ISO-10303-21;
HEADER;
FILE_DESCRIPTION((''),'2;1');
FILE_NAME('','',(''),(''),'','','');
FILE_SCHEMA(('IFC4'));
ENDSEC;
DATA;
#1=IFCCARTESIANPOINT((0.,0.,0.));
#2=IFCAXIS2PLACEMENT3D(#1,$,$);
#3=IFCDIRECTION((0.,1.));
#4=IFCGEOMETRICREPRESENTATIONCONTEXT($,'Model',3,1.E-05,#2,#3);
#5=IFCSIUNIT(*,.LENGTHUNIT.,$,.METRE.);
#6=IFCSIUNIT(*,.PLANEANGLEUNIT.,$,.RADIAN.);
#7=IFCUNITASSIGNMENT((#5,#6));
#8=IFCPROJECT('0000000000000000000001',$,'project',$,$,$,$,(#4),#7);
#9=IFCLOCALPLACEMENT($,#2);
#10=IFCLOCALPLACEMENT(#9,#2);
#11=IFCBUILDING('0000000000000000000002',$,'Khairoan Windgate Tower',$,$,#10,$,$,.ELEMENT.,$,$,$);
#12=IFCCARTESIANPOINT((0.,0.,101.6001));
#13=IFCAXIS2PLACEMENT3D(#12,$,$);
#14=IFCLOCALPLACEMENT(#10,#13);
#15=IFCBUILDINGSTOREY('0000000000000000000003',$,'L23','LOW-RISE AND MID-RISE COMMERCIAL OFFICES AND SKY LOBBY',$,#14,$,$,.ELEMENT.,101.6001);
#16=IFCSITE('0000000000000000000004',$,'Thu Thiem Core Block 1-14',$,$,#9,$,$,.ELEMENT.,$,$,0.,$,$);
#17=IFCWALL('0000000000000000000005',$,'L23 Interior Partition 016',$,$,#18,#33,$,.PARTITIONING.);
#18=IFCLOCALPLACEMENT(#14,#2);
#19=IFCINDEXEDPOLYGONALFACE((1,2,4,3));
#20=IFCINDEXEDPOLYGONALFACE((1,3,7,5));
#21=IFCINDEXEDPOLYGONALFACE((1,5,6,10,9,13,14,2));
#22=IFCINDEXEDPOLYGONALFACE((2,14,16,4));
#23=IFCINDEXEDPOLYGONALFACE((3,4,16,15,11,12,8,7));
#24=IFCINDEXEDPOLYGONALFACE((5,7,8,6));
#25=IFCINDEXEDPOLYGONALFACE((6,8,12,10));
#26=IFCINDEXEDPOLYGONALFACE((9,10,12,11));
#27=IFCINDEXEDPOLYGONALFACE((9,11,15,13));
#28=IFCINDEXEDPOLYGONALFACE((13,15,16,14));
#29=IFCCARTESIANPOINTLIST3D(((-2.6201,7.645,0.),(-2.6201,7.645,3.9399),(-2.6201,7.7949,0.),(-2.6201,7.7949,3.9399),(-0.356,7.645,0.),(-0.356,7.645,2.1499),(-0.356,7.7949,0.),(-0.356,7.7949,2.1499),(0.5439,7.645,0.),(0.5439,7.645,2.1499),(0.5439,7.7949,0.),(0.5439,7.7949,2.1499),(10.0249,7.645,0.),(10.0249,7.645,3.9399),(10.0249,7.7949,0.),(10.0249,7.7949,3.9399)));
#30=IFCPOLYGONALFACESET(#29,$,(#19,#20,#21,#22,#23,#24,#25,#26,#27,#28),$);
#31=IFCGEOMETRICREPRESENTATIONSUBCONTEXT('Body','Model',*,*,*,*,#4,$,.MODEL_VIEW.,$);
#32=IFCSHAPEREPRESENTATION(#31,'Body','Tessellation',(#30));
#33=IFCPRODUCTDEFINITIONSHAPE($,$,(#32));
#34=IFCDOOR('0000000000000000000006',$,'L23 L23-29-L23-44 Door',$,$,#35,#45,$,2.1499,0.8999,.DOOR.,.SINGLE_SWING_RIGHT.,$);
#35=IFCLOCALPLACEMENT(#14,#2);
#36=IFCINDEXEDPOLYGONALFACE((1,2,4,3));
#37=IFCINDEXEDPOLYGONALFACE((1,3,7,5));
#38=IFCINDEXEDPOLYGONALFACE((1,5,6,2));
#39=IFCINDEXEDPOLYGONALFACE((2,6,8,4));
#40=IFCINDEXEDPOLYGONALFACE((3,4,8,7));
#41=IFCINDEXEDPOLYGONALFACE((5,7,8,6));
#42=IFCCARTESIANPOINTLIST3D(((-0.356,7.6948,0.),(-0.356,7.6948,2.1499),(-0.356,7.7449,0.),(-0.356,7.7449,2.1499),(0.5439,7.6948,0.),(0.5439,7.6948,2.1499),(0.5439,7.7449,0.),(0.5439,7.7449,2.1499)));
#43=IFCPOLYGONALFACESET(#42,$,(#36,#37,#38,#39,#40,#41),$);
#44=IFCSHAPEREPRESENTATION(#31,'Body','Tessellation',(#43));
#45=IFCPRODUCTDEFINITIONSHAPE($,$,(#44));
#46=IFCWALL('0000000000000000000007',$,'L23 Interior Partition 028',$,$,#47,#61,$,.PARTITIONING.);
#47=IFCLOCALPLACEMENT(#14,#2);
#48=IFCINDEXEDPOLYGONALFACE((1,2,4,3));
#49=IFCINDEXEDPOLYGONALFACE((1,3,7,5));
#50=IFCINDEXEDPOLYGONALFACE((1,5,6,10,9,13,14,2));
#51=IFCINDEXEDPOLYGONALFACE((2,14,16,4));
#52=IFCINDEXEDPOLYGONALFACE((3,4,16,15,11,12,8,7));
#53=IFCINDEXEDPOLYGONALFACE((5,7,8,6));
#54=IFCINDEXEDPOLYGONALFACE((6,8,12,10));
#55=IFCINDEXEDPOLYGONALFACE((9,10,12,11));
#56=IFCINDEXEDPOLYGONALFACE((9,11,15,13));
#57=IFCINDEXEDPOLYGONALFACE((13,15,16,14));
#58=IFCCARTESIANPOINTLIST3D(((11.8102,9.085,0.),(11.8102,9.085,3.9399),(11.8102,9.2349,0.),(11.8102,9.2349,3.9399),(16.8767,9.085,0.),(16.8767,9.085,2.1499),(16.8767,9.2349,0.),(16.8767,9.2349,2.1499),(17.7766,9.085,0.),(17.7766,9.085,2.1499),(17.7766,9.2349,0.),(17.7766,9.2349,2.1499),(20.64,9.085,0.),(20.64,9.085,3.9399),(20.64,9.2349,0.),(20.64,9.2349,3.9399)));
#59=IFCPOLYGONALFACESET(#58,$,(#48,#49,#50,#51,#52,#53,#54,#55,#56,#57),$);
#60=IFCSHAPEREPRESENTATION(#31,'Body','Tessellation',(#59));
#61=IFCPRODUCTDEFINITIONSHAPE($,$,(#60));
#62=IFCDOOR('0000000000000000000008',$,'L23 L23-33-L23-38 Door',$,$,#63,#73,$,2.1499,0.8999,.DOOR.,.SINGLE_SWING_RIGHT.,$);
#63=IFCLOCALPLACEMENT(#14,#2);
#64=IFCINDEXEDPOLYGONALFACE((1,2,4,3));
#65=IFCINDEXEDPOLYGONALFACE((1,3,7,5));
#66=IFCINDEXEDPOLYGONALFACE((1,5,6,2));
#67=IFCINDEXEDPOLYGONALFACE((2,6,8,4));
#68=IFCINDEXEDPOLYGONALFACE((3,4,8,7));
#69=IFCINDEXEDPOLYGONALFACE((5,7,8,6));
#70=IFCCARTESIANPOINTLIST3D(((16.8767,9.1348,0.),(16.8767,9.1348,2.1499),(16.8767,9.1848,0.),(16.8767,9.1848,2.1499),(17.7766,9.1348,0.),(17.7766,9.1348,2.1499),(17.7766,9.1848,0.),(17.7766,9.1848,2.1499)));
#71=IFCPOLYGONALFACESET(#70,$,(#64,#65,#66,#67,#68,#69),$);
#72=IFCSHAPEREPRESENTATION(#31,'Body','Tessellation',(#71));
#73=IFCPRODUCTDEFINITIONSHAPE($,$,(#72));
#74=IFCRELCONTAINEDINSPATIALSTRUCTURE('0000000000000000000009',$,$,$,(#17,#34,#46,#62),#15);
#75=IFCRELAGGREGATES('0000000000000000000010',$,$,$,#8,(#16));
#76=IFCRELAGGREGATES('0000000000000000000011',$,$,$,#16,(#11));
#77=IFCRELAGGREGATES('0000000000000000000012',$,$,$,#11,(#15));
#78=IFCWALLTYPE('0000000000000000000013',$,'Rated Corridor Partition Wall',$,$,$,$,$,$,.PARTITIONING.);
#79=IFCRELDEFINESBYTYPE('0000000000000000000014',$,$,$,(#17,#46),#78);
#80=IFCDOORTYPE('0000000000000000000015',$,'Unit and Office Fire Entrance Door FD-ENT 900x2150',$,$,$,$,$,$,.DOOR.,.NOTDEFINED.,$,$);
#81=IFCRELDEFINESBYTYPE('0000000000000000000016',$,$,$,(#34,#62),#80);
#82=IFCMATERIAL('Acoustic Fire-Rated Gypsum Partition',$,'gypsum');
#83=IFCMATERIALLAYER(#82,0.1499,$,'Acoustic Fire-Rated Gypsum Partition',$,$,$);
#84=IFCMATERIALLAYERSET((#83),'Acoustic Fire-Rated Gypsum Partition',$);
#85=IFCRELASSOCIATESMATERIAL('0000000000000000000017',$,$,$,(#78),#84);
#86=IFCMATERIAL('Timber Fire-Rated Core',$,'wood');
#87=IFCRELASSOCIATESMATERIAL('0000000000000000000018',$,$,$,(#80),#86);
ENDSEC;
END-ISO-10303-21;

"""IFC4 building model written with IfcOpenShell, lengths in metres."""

from ifc_helpers import new_model, si_unit, direction, frame, frame_2d, origin, place, context, subcontext, project, spatial, rectangle, extrude, material, layer, layer_set, type_object, element, fill, save


model = new_model("IFC4")

# Units and contexts
model_context = context("Model", 3, precision=1e-05, world=origin(), true_north=direction((0.0, 1.0)))
body_context = subcontext(model_context, "Body", "Model", "MODEL_VIEW")
ifc_project = project(units=[si_unit("LENGTHUNIT", "METRE"), si_unit("PLANEANGLEUNIT", "RADIAN")], contexts=[model_context])

# Site, building, storey
site_placement = place(None, origin())
site = spatial("IfcSite", under=ifc_project, at=site_placement, Name="Thu Thiem Core Block 1-14", CompositionType="ELEMENT", RefElevation=0.0)
building_placement = place(site_placement, origin())
building = spatial("IfcBuilding", under=site, at=building_placement, Name="Khairoan Windgate Tower", CompositionType="ELEMENT")
storey_placement = place(building_placement, frame((0.0, 0.0, 101.6001)))
storey = spatial("IfcBuildingStorey", under=building, at=storey_placement, Name="L23", Description="LOW-RISE AND MID-RISE COMMERCIAL OFFICES AND SKY LOBBY", CompositionType="ELEMENT", Elevation=101.6001)

# Walls, openings, doors
ifc_material_1 = material(Name="Acoustic Fire-Rated Gypsum Partition", Category="gypsum")
ifc_layer_1 = layer(ifc_material_1, 0.1499, Name="Acoustic Fire-Rated Gypsum Partition")
ifc_layer_set_1 = layer_set([ifc_layer_1], Name="Acoustic Fire-Rated Gypsum Partition")
wall_type_1 = type_object("IfcWallType", Name="Rated Corridor Partition Wall", PredefinedType="PARTITIONING", material=ifc_layer_set_1)
wall_1_placement = place(storey_placement, frame((-2.6201, 7.72, 0.0), z_axis=(0.0, 0.0, 1.0), x_axis=(1.0, 0.0, 0.0)))
wall_1 = element("IfcWall", 1, at=wall_1_placement, inside=storey, type_object=wall_type_1, Name="L23 Interior Partition 016", PredefinedType="PARTITIONING", context=body_context, shape_type="SweptSolid", body=[
    extrude(rectangle(XDim=12.645, YDim=0.1499, at=frame_2d((6.3225, 0.0))), origin(), (0.0, 0.0, 1.0), 3.9399),
])
opening_1_placement = place(wall_1_placement, frame((2.2642, 0.0, 0.0)))
opening_1 = element("IfcOpeningElement", 2, at=opening_1_placement, cuts=wall_1, PredefinedType="OPENING", context=body_context, shape_type="SweptSolid", body=[
    extrude(rectangle(XDim=0.8999, YDim=2.1499, at=frame_2d((0.45, 1.075))), frame((0.0, 0.085, 0.0), z_axis=(0.0, -1.0, 0.0), x_axis=(1.0, 0.0, 0.0)), (0.0, 0.0, 1.0), 0.1699),
])
ifc_material_2 = material(Name="Timber Fire-Rated Core", Category="wood")
door_type = type_object("IfcDoorType", Name="Unit and Office Fire Entrance Door FD-ENT 900x2150", OperationType="NOTDEFINED", PredefinedType="DOOR", material=ifc_material_2)
door_1_placement = place(opening_1_placement, origin())
door_1 = element("IfcDoor", 3, at=door_1_placement, inside=storey, type_object=door_type, Name="L23 L23-29-L23-44 Door", OperationType="SINGLE_SWING_RIGHT", OverallHeight=2.1499, OverallWidth=0.8999, PredefinedType="DOOR", context=body_context, shape_type="SweptSolid", body=[
    extrude(rectangle(XDim=0.8999, YDim=2.1499, at=frame_2d((0.45, 1.075))), frame((0.0, 0.0249, 0.0), z_axis=(0.0, -1.0, 0.0), x_axis=(1.0, 0.0, 0.0)), (0.0, 0.0, 1.0), 0.05),
])
fill(opening_1, door_1)
wall_2_placement = place(storey_placement, frame((11.8101, 9.1599, 0.0), z_axis=(0.0, 0.0, 1.0), x_axis=(1.0, 0.0, 0.0)))
wall_2 = element("IfcWall", 4, at=wall_2_placement, inside=storey, type_object=wall_type_1, Name="L23 Interior Partition 028", PredefinedType="PARTITIONING", context=body_context, shape_type="SweptSolid", body=[
    extrude(rectangle(XDim=8.8298, YDim=0.1499, at=frame_2d((4.415, 0.0))), origin(), (0.0, 0.0, 1.0), 3.9399),
])
opening_2_placement = place(wall_2_placement, frame((5.0667, 0.0, 0.0)))
opening_2 = element("IfcOpeningElement", 5, at=opening_2_placement, cuts=wall_2, PredefinedType="OPENING", context=body_context, shape_type="SweptSolid", body=[
    extrude(rectangle(XDim=0.8999, YDim=2.1499, at=frame_2d((0.45, 1.075))), frame((0.0, 0.085, 0.0), z_axis=(0.0, -1.0, 0.0), x_axis=(1.0, 0.0, 0.0)), (0.0, 0.0, 1.0), 0.1699),
])
door_2_placement = place(opening_2_placement, origin())
door_2 = element("IfcDoor", 6, at=door_2_placement, inside=storey, type_object=door_type, Name="L23 L23-33-L23-38 Door", OperationType="SINGLE_SWING_RIGHT", OverallHeight=2.1499, OverallWidth=0.8999, PredefinedType="DOOR", context=body_context, shape_type="SweptSolid", body=[
    extrude(rectangle(XDim=0.8999, YDim=2.1499, at=frame_2d((0.45, 1.075))), frame((0.0, 0.0249, 0.0), z_axis=(0.0, -1.0, 0.0), x_axis=(1.0, 0.0, 0.0)), (0.0, 0.0, 1.0), 0.05),
])
fill(opening_2, door_2)

save(model, "model.ifc")
